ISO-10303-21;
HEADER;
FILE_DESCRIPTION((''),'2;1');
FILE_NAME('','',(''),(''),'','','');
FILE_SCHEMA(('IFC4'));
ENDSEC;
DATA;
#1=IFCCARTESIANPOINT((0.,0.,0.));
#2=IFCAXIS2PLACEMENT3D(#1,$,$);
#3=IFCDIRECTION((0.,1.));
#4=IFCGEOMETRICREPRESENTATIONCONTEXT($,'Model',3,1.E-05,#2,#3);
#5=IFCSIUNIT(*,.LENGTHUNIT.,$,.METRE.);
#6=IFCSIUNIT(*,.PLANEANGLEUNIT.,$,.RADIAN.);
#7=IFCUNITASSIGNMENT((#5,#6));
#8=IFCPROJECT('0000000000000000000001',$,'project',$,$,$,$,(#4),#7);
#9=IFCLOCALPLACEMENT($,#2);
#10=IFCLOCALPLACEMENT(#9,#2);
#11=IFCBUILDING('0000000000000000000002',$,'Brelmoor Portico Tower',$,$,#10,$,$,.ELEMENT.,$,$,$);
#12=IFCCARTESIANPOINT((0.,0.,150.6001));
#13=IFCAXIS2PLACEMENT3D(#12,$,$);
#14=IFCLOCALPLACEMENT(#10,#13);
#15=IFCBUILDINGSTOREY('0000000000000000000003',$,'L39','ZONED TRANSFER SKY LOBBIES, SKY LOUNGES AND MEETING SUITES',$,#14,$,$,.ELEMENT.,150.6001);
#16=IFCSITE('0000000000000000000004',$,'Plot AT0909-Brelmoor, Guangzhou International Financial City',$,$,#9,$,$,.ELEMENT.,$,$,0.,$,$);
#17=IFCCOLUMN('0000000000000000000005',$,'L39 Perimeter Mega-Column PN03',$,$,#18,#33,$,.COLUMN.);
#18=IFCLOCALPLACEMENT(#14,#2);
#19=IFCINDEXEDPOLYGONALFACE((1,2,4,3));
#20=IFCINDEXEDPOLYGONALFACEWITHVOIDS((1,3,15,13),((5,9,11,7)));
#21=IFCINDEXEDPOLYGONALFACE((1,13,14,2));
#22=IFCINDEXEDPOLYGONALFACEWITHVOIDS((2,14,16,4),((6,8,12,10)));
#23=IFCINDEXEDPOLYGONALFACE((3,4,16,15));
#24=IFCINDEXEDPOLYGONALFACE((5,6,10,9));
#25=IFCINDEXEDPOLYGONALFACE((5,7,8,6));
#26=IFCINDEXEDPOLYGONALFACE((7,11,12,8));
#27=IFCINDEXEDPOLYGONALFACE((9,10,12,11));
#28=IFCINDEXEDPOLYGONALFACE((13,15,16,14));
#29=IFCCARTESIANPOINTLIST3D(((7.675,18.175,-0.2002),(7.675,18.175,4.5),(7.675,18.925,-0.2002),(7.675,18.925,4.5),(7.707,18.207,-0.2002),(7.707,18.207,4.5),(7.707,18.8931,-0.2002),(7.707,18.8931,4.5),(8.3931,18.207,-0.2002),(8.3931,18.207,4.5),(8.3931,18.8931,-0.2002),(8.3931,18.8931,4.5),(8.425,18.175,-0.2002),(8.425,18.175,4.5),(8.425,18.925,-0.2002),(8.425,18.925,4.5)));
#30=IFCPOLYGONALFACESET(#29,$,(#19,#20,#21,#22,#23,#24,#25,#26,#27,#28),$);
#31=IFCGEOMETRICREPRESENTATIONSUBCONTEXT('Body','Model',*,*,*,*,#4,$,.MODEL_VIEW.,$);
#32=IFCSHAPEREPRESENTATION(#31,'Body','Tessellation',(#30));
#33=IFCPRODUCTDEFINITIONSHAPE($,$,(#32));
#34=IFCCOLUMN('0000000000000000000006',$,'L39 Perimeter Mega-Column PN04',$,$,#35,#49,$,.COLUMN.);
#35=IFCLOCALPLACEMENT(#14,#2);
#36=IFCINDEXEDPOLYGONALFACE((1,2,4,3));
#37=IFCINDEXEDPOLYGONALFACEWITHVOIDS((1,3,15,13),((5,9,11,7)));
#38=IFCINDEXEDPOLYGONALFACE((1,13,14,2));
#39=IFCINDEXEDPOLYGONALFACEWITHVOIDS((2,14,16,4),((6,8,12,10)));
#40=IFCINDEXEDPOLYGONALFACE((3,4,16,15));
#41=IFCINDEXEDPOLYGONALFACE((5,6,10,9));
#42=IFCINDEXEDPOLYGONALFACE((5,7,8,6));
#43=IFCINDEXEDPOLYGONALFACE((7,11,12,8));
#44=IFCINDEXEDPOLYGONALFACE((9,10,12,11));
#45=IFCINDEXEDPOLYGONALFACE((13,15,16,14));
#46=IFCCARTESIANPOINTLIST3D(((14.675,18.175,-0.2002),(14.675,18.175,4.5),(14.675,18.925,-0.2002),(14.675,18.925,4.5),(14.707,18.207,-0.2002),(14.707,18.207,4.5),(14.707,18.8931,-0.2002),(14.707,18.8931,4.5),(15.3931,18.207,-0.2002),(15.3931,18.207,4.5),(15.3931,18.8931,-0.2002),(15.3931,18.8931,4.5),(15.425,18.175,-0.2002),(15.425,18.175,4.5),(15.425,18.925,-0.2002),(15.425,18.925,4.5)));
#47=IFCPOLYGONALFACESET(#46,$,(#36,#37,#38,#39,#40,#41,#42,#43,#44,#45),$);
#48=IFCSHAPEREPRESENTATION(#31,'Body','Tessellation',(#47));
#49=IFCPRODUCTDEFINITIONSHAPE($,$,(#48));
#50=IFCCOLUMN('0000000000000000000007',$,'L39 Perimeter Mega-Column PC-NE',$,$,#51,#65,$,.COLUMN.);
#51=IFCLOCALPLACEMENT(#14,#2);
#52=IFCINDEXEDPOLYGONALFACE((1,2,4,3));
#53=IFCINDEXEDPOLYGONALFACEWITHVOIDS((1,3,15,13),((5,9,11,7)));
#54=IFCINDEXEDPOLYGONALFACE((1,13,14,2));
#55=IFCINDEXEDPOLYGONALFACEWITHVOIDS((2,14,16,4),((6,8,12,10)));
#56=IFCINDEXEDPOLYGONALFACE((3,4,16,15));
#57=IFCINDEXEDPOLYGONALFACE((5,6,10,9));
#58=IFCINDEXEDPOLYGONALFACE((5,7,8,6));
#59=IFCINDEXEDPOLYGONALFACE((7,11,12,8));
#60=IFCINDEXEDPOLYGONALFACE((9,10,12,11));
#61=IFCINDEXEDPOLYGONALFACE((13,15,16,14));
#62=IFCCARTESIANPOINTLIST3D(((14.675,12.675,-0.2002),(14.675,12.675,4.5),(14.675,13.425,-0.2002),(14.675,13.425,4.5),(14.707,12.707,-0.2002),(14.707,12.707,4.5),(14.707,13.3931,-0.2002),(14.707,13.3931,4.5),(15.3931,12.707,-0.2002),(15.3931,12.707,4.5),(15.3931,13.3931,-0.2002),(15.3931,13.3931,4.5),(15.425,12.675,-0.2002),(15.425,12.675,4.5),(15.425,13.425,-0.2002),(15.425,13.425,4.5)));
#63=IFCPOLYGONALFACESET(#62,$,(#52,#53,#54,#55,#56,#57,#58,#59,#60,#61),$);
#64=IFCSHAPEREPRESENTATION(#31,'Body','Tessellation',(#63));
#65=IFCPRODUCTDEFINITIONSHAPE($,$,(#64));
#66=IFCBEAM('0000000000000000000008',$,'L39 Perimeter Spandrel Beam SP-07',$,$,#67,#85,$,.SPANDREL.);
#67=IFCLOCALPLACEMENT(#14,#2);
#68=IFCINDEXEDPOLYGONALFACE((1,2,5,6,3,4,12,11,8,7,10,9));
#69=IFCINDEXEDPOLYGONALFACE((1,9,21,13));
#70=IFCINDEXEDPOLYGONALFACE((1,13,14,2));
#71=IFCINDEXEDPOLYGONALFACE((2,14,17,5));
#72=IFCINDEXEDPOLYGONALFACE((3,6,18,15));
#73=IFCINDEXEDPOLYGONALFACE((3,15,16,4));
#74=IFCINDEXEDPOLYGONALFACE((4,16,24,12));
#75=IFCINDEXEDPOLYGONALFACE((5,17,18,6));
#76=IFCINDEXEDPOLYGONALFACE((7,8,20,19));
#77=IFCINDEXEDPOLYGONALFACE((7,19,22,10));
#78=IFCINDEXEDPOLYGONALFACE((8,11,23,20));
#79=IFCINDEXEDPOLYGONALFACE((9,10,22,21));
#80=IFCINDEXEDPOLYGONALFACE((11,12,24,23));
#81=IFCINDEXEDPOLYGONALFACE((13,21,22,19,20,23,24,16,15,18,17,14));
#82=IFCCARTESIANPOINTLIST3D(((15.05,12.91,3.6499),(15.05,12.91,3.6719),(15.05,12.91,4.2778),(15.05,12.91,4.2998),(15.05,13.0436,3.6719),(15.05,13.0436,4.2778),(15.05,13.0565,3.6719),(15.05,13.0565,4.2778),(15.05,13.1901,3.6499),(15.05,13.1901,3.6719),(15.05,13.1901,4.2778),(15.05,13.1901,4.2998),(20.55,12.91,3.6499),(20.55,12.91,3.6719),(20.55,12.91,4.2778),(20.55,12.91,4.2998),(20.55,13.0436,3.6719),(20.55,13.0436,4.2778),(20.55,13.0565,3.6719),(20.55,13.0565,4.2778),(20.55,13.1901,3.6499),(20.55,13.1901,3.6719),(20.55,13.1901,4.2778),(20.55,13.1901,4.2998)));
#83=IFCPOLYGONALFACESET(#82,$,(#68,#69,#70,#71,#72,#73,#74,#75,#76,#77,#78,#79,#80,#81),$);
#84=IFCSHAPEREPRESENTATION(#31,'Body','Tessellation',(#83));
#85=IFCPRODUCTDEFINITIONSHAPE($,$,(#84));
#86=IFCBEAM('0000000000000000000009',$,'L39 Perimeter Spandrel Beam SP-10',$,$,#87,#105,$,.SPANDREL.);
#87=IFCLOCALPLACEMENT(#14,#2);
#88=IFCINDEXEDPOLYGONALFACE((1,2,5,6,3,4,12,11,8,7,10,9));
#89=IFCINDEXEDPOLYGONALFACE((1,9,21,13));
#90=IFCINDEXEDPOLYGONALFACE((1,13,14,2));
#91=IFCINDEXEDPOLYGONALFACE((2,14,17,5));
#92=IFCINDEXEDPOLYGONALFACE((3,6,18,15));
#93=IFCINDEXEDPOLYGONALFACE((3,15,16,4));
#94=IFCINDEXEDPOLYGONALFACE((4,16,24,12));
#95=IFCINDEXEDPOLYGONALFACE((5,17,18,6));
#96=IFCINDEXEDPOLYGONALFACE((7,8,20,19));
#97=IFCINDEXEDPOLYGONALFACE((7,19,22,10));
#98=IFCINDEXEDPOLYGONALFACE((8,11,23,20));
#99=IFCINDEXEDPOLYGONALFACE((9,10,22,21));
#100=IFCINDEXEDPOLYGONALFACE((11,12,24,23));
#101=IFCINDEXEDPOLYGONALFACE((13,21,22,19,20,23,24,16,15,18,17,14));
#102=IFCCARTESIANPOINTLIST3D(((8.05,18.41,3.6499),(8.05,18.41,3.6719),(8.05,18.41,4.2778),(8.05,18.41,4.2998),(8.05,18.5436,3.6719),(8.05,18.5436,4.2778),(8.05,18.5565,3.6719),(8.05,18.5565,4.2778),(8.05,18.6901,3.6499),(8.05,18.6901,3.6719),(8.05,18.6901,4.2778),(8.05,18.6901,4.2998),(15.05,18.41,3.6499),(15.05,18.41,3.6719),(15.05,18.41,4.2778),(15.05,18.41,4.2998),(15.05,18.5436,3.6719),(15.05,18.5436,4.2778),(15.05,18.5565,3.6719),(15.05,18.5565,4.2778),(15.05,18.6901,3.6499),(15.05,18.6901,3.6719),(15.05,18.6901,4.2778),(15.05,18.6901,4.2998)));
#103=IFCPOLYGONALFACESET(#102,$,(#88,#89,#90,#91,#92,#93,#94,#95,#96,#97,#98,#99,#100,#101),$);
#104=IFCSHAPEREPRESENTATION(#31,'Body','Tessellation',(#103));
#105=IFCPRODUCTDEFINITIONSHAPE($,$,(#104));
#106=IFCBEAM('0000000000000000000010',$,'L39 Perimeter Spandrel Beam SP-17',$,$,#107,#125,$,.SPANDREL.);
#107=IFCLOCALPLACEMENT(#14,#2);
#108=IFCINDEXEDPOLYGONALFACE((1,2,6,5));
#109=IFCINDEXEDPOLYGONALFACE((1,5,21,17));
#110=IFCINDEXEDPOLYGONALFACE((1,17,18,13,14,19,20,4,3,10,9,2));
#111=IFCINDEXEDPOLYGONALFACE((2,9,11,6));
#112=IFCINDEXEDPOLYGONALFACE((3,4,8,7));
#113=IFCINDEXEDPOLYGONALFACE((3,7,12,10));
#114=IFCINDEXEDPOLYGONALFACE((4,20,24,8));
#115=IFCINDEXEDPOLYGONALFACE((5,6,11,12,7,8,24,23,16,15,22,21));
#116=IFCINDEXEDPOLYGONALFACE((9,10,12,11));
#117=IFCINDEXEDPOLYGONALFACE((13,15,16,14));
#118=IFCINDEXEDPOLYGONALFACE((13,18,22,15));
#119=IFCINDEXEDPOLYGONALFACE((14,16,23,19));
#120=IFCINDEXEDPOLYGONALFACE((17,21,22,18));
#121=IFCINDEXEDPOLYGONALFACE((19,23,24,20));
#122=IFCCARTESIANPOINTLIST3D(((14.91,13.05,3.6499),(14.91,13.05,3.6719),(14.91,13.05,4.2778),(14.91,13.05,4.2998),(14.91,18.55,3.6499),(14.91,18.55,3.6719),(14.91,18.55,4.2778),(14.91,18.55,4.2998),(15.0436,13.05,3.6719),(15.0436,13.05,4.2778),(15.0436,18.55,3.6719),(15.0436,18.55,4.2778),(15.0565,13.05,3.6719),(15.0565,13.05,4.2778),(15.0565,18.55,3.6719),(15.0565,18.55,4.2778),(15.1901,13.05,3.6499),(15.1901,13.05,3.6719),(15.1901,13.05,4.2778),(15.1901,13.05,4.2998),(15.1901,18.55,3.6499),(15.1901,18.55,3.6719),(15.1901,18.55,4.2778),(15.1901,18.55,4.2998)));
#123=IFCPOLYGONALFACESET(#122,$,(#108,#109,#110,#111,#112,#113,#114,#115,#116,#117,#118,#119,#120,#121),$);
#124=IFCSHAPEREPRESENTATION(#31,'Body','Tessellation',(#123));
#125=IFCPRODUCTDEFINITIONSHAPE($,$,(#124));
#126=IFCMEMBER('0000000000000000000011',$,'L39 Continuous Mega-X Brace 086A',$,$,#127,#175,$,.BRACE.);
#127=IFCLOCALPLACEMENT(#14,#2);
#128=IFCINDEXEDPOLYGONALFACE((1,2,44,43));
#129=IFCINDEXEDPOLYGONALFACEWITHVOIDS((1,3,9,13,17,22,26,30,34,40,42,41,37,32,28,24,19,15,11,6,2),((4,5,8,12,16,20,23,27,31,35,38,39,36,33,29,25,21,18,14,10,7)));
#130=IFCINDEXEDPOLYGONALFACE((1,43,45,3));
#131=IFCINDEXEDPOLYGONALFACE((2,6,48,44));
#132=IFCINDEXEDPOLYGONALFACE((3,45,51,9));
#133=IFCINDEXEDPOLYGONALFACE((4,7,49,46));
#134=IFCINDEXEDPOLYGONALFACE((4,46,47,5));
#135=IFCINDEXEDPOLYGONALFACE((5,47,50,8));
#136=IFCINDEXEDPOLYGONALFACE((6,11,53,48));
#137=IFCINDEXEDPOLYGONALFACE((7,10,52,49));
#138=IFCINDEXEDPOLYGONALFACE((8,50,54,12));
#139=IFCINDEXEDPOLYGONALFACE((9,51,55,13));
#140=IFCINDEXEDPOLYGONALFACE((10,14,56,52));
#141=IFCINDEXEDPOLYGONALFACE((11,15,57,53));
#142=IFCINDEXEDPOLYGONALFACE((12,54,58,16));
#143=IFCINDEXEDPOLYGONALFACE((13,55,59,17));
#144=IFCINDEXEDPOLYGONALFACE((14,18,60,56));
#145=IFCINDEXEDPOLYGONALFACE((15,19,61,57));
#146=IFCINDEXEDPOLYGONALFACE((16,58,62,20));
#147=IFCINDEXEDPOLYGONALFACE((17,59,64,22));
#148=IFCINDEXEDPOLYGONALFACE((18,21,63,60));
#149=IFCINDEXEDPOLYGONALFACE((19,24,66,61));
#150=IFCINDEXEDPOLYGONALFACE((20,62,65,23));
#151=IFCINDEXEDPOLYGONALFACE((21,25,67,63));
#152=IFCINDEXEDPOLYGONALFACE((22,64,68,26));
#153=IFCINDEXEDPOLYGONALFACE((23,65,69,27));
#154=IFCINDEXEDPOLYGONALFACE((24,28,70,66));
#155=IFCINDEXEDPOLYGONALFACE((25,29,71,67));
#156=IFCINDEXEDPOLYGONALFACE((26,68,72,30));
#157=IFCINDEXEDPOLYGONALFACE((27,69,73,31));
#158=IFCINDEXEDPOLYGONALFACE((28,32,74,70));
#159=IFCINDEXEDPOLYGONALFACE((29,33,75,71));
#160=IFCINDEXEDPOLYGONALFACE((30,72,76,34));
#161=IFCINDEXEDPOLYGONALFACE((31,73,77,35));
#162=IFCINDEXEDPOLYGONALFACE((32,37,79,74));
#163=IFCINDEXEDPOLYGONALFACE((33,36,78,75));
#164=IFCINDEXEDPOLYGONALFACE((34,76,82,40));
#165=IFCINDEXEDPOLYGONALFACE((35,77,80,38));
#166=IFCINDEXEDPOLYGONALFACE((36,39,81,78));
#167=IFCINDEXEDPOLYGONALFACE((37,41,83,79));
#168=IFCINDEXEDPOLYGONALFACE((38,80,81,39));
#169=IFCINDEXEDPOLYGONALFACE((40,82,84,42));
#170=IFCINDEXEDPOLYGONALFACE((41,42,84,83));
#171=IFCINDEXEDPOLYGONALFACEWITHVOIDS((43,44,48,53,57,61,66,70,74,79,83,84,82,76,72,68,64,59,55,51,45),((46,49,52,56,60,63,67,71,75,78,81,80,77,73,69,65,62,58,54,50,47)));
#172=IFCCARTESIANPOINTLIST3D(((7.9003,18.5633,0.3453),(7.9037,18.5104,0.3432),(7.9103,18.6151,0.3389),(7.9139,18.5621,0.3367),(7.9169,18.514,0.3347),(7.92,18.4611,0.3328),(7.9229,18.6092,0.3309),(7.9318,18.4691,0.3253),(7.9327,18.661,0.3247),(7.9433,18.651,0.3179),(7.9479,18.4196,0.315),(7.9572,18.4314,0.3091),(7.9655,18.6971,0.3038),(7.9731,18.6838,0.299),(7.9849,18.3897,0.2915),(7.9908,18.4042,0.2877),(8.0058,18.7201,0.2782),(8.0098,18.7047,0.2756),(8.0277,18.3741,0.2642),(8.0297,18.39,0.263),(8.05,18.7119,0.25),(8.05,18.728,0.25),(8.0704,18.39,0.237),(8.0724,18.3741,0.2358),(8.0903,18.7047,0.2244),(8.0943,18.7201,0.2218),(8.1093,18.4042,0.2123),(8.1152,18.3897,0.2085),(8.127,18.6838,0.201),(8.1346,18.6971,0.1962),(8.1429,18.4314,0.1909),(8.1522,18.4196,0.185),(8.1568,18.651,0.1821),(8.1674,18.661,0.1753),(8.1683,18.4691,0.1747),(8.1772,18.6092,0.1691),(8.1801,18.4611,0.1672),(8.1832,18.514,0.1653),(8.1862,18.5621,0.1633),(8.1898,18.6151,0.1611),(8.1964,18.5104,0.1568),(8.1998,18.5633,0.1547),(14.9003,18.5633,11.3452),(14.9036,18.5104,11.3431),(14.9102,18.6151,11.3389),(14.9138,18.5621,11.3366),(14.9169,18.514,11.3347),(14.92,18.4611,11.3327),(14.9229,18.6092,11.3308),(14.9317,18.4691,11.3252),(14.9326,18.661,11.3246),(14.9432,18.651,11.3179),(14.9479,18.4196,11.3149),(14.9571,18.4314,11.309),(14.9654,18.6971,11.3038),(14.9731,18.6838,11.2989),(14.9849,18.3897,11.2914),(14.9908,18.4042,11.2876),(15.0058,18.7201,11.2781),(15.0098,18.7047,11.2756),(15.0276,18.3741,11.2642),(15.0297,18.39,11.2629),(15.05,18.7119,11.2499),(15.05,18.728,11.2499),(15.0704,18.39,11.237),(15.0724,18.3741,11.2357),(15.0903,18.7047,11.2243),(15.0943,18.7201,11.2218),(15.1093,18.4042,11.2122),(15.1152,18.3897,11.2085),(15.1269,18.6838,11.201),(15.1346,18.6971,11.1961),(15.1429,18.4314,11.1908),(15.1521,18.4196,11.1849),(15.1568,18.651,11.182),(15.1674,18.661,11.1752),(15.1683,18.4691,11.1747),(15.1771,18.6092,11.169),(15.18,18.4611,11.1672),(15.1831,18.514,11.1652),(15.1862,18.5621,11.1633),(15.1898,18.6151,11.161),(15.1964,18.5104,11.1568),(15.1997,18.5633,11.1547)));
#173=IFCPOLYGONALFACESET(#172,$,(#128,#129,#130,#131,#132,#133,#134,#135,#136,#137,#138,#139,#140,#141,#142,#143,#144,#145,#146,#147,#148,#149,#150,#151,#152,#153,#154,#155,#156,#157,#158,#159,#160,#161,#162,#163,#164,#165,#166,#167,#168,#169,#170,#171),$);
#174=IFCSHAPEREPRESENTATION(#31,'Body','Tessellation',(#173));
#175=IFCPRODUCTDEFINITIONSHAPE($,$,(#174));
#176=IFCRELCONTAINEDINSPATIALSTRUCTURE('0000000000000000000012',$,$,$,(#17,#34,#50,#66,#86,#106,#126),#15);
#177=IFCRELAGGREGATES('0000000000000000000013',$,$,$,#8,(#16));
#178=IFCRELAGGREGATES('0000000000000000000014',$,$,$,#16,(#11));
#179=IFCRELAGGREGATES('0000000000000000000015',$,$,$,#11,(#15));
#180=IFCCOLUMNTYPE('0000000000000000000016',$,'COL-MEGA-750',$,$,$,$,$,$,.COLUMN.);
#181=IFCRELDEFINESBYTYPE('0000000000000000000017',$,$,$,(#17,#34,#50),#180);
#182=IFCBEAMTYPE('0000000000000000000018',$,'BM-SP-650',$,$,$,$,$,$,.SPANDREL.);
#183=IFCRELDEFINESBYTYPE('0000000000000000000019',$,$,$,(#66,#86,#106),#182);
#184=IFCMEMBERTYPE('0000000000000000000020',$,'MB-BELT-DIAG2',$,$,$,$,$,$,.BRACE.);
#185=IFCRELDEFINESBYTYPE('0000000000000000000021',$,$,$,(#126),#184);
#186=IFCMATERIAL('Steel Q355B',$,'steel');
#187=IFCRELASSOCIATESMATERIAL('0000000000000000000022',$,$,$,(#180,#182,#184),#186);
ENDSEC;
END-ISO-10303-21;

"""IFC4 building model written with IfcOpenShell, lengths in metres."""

from ifc_helpers import new_model, si_unit, direction, frame, origin, origin_2d, place, context, subcontext, project, spatial, hollow_rectangle, hollow_circle, i_section, extrude, material, material_profile, profile_set, type_object, element, save


model = new_model("IFC4")

# Units and contexts
model_context = context("Model", 3, precision=1e-05, world=origin(), true_north=direction((0.0, 1.0)))
body_context = subcontext(model_context, "Body", "Model", "MODEL_VIEW")
ifc_project = project(units=[si_unit("LENGTHUNIT", "METRE"), si_unit("PLANEANGLEUNIT", "RADIAN")], contexts=[model_context])

# Site, building, storey
site_placement = place(None, origin())
site = spatial("IfcSite", under=ifc_project, at=site_placement, Name="Plot AT0909-Brelmoor, Guangzhou International Financial City", CompositionType="ELEMENT", RefElevation=0.0)
building_placement = place(site_placement, origin())
building = spatial("IfcBuilding", under=site, at=building_placement, Name="Brelmoor Portico Tower", CompositionType="ELEMENT")
storey_placement = place(building_placement, frame((0.0, 0.0, 150.6001)))
storey = spatial("IfcBuildingStorey", under=building, at=storey_placement, Name="L39", Description="ZONED TRANSFER SKY LOBBIES, SKY LOUNGES AND MEETING SUITES", CompositionType="ELEMENT", Elevation=150.6001)

# Columns
ifc_material_1 = material(Name="Steel Q355B", Category="steel")
ifc_material_profile_1 = material_profile(ifc_material_1, hollow_rectangle(XDim=0.75, YDim=0.75, WallThickness=0.032, at=origin_2d()), Name="BOX 750x750x32")
ifc_profile_set_1 = profile_set([ifc_material_profile_1], Name="Steel Q355B")
column_type = type_object("IfcColumnType", Name="COL-MEGA-750", PredefinedType="COLUMN", material=ifc_profile_set_1)
for number, where, z_axis, x_axis, name in (
    (1, (8.05, 18.55, -0.2002), (0.0, 0.0, 1.0), (1.0, 0.0, 0.0), "L39 Perimeter Mega-Column PN03"),
    (2, (15.05, 18.55, -0.2002), (0.0, 0.0, 1.0), (1.0, 0.0, 0.0), "L39 Perimeter Mega-Column PN04"),
    (3, (15.05, 13.05, -0.2002), (0.0, 0.0, 1.0), (1.0, 0.0, 0.0), "L39 Perimeter Mega-Column PC-NE"),
):
    element("IfcColumn", number, at=place(storey_placement, frame(where, z_axis=z_axis, x_axis=x_axis)), inside=storey, type_object=column_type, Name=name, PredefinedType="COLUMN", context=body_context, shape_type="SweptSolid", body=[
        extrude(hollow_rectangle(XDim=0.75, YDim=0.75, WallThickness=0.032, at=origin_2d()), origin(), (0.0, 0.0, 1.0), 4.7002),
    ])

# Beams
ifc_material_profile_2 = material_profile(ifc_material_1, i_section(OverallWidth=0.28, OverallDepth=0.6499, WebThickness=0.0129, FlangeThickness=0.022, at=origin_2d()), Name="HN 650x280x13x22")
ifc_profile_set_2 = profile_set([ifc_material_profile_2], Name="Steel Q355B")
beam_type = type_object("IfcBeamType", Name="BM-SP-650", PredefinedType="SPANDREL", material=ifc_profile_set_2)
beam_1_placement = place(storey_placement, frame((15.05, 13.05, 3.9749), z_axis=(1.0, 0.0, 0.0), x_axis=(0.0, 1.0, 0.0)))
element("IfcBeam", 4, at=beam_1_placement, inside=storey, type_object=beam_type, Name="L39 Perimeter Spandrel Beam SP-07", PredefinedType="SPANDREL", context=body_context, shape_type="SweptSolid", body=[
    extrude(i_section(OverallWidth=0.28, OverallDepth=0.6499, WebThickness=0.0129, FlangeThickness=0.022, at=origin_2d()), origin(), (0.0, 0.0, 1.0), 5.5),
])
beam_2_placement = place(storey_placement, frame((8.05, 18.55, 3.9749), z_axis=(1.0, 0.0, 0.0), x_axis=(0.0, 1.0, 0.0)))
element("IfcBeam", 5, at=beam_2_placement, inside=storey, type_object=beam_type, Name="L39 Perimeter Spandrel Beam SP-10", PredefinedType="SPANDREL", context=body_context, shape_type="SweptSolid", body=[
    extrude(i_section(OverallWidth=0.28, OverallDepth=0.6499, WebThickness=0.0129, FlangeThickness=0.022, at=origin_2d()), origin(), (0.0, 0.0, 1.0), 7.0),
])
beam_3_placement = place(storey_placement, frame((15.05, 13.05, 3.9749), z_axis=(0.0, 1.0, 0.0), x_axis=(-1.0, 0.0, 0.0)))
element("IfcBeam", 6, at=beam_3_placement, inside=storey, type_object=beam_type, Name="L39 Perimeter Spandrel Beam SP-17", PredefinedType="SPANDREL", context=body_context, shape_type="SweptSolid", body=[
    extrude(i_section(OverallWidth=0.28, OverallDepth=0.6499, WebThickness=0.0129, FlangeThickness=0.022, at=origin_2d()), origin(), (0.0, 0.0, 1.0), 5.5),
])

# Member
ifc_material_profile_3 = material_profile(ifc_material_1, hollow_circle(Radius=0.178, WallThickness=0.0161, at=origin_2d()), Name="CHS 356x16")
ifc_profile_set_3 = profile_set([ifc_material_profile_3], Name="Steel Q355B")
member_type_1 = type_object("IfcMemberType", Name="MB-BELT-DIAG2", PredefinedType="BRACE", material=ifc_profile_set_3)
member_1_placement = place(storey_placement, frame((8.05, 18.55, 0.25), z_axis=(0.536875, 0.0, 0.843661), x_axis=(0.0, 1.0, 0.0)))
element("IfcMember", 7, at=member_1_placement, inside=storey, type_object=member_type_1, Name="L39 Continuous Mega-X Brace 086A", PredefinedType="BRACE", context=body_context, shape_type="SweptSolid", body=[
    extrude(hollow_circle(Radius=0.178, WallThickness=0.0161, at=origin_2d()), origin(), (0.0, 0.0, 1.0), 13.0383),
])

save(model, "model.ifc")
